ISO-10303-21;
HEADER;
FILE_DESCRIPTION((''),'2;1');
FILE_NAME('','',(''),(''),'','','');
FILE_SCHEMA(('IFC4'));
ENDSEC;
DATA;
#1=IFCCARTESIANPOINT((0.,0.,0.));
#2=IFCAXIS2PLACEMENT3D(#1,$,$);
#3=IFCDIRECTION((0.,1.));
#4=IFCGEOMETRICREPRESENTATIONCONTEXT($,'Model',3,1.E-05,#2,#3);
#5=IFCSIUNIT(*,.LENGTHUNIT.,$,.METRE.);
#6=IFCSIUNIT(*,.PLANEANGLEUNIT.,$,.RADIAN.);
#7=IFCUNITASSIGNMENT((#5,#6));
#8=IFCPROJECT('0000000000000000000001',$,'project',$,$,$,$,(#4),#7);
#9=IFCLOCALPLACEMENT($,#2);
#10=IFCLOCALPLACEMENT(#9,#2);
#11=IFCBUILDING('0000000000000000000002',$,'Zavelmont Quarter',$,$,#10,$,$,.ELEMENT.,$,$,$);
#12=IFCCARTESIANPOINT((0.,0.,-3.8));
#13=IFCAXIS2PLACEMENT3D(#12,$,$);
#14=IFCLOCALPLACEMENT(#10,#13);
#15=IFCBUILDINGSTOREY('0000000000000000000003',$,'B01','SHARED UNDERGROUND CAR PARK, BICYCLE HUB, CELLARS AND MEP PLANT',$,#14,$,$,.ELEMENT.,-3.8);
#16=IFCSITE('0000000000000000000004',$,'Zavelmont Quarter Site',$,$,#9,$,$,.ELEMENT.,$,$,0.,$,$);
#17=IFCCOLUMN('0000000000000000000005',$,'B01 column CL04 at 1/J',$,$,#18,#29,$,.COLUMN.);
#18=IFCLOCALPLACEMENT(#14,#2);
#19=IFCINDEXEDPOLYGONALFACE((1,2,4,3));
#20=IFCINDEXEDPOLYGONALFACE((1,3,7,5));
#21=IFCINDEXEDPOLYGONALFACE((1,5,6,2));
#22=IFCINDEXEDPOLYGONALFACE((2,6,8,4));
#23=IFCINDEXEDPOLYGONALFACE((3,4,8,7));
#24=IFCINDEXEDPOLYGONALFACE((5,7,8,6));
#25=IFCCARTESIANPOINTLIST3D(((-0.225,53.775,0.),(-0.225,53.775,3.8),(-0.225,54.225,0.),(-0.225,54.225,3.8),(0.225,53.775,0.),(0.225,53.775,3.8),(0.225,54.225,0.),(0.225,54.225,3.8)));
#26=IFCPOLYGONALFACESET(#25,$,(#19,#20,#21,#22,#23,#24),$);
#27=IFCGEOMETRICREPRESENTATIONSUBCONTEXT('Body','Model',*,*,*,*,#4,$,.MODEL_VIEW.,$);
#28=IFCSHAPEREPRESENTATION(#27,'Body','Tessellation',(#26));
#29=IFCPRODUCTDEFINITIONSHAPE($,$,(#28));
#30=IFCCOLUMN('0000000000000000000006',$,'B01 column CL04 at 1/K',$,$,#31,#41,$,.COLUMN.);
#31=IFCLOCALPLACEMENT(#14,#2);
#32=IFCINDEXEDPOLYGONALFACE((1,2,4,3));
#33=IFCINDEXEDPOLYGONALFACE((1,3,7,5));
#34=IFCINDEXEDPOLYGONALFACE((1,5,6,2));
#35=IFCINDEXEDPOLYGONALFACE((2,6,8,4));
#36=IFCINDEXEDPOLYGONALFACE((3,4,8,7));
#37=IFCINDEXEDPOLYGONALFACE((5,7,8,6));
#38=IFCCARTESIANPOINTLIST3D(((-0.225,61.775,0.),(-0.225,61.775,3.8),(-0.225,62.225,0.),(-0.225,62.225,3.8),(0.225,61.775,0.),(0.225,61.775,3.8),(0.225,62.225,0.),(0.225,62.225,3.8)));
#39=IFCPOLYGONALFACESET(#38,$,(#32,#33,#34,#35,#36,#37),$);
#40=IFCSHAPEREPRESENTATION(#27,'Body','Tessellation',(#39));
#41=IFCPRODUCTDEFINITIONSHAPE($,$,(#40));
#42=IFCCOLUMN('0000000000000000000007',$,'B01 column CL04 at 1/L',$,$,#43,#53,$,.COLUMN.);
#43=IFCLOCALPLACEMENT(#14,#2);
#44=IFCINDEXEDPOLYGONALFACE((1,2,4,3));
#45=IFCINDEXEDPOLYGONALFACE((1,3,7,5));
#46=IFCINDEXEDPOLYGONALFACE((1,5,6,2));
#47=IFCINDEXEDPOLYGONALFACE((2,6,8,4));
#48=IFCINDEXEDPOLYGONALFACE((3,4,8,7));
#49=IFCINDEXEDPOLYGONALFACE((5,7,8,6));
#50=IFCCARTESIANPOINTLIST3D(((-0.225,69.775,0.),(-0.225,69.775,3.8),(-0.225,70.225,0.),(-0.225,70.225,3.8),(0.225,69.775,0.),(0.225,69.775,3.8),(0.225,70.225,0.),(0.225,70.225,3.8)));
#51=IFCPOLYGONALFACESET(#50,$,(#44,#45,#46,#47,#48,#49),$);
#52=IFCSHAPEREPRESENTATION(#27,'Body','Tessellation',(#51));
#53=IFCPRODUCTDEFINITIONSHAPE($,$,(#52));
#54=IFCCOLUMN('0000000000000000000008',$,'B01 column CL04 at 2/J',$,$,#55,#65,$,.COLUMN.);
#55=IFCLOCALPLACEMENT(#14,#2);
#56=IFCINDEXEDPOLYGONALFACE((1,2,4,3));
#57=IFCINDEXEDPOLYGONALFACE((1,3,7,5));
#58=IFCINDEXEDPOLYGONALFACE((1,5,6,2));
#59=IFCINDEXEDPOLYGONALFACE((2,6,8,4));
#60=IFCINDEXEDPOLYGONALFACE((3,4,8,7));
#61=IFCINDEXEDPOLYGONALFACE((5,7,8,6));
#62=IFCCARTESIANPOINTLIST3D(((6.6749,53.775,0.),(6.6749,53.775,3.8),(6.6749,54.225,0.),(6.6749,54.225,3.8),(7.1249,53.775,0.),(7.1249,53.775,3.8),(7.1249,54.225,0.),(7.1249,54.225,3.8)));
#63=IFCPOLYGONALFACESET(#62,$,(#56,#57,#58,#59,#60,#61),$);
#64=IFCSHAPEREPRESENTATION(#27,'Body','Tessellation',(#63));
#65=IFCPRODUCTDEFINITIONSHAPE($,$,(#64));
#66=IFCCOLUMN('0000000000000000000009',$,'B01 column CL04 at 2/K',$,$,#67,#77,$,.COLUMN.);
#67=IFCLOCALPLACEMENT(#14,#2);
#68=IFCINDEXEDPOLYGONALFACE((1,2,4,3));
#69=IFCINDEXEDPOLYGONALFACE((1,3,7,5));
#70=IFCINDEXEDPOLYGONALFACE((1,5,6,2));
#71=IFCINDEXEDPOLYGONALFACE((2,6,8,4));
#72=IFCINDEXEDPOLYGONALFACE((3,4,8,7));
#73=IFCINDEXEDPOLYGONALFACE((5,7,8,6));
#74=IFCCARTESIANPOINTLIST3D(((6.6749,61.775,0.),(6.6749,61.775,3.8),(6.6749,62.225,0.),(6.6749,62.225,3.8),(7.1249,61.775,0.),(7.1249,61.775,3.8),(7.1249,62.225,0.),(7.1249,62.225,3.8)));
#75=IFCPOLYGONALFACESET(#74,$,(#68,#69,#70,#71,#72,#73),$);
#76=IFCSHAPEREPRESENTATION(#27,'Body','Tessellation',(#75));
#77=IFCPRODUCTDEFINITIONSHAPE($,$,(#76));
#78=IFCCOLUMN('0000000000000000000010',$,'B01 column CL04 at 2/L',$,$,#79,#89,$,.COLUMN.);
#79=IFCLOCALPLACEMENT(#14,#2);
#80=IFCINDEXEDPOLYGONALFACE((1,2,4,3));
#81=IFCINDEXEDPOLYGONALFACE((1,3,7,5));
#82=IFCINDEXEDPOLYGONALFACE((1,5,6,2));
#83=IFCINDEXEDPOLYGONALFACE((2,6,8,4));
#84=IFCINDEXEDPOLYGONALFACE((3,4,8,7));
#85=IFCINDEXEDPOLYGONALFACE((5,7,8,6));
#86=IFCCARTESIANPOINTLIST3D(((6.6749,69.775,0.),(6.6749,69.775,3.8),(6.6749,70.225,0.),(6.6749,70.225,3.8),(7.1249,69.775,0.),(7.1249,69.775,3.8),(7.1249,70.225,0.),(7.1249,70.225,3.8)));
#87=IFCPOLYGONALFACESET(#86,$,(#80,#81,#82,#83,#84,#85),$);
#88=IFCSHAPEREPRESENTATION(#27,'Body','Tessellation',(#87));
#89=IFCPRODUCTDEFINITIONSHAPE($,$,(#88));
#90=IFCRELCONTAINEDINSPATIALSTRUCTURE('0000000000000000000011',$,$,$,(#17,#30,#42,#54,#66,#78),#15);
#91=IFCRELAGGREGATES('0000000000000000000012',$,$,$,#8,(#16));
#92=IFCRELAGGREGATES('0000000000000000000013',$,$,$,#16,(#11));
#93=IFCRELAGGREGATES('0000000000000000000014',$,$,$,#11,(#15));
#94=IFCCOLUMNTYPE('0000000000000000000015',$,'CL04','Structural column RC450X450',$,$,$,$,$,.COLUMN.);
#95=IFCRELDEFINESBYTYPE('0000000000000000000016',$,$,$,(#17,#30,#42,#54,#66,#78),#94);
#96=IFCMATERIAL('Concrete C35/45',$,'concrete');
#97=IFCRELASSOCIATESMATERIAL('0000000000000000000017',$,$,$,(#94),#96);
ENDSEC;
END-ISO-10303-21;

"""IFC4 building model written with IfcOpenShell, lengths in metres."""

from ifc_helpers import new_model, si_unit, direction, frame, origin, origin_2d, place, context, subcontext, project, spatial, rectangle, extrude, material, material_profile, profile_set, type_object, element, save


model = new_model("IFC4")

# Units and contexts
model_context = context("Model", 3, precision=1e-05, world=origin(), true_north=direction((0.0, 1.0)))
body_context = subcontext(model_context, "Body", "Model", "MODEL_VIEW")
ifc_project = project(units=[si_unit("LENGTHUNIT", "METRE"), si_unit("PLANEANGLEUNIT", "RADIAN")], contexts=[model_context])

# Site, building, storey
site_placement = place(None, origin())
site = spatial("IfcSite", under=ifc_project, at=site_placement, Name="Zavelmont Quarter Site", CompositionType="ELEMENT", RefElevation=0.0)
building_placement = place(site_placement, origin())
building = spatial("IfcBuilding", under=site, at=building_placement, Name="Zavelmont Quarter", CompositionType="ELEMENT")
storey_placement = place(building_placement, frame((0.0, 0.0, -3.8)))
storey = spatial("IfcBuildingStorey", under=building, at=storey_placement, Name="B01", Description="SHARED UNDERGROUND CAR PARK, BICYCLE HUB, CELLARS AND MEP PLANT", CompositionType="ELEMENT", Elevation=-3.8)

# Shared definitions
ifc_material = material(Name="Concrete C35/45", Category="concrete")

# Columns
ifc_material_profile_1 = material_profile(ifc_material, rectangle(XDim=0.45, YDim=0.45, at=origin_2d()), Name="RC450X450")
ifc_profile_set_1 = profile_set([ifc_material_profile_1], Name="Concrete C35/45")
column_type = type_object("IfcColumnType", Name="CL04", Description="Structural column RC450X450", PredefinedType="COLUMN", material=ifc_profile_set_1)
for number, where, z_axis, x_axis, name in (
    (1, (0.0, 54.0, 0.0), (0.0, 0.0, 1.0), (1.0, 0.0, 0.0), "B01 column CL04 at 1/J"),
    (2, (0.0, 62.0, 0.0), (0.0, 0.0, 1.0), (1.0, 0.0, 0.0), "B01 column CL04 at 1/K"),
    (3, (0.0, 70.0, 0.0), (0.0, 0.0, 1.0), (1.0, 0.0, 0.0), "B01 column CL04 at 1/L"),
    (4, (6.8999, 54.0, 0.0), (0.0, 0.0, 1.0), (1.0, 0.0, 0.0), "B01 column CL04 at 2/J"),
    (5, (6.8999, 62.0, 0.0), (0.0, 0.0, 1.0), (1.0, 0.0, 0.0), "B01 column CL04 at 2/K"),
    (6, (6.8999, 70.0, 0.0), (0.0, 0.0, 1.0), (1.0, 0.0, 0.0), "B01 column CL04 at 2/L"),
):
    element("IfcColumn", number, at=place(storey_placement, frame(where, z_axis=z_axis, x_axis=x_axis)), inside=storey, type_object=column_type, Name=name, PredefinedType="COLUMN", context=body_context, shape_type="SweptSolid", body=[
        extrude(rectangle(XDim=0.45, YDim=0.45, at=origin_2d()), origin(), (0.0, 0.0, 1.0), 3.8),
    ])

save(model, "model.ifc")
